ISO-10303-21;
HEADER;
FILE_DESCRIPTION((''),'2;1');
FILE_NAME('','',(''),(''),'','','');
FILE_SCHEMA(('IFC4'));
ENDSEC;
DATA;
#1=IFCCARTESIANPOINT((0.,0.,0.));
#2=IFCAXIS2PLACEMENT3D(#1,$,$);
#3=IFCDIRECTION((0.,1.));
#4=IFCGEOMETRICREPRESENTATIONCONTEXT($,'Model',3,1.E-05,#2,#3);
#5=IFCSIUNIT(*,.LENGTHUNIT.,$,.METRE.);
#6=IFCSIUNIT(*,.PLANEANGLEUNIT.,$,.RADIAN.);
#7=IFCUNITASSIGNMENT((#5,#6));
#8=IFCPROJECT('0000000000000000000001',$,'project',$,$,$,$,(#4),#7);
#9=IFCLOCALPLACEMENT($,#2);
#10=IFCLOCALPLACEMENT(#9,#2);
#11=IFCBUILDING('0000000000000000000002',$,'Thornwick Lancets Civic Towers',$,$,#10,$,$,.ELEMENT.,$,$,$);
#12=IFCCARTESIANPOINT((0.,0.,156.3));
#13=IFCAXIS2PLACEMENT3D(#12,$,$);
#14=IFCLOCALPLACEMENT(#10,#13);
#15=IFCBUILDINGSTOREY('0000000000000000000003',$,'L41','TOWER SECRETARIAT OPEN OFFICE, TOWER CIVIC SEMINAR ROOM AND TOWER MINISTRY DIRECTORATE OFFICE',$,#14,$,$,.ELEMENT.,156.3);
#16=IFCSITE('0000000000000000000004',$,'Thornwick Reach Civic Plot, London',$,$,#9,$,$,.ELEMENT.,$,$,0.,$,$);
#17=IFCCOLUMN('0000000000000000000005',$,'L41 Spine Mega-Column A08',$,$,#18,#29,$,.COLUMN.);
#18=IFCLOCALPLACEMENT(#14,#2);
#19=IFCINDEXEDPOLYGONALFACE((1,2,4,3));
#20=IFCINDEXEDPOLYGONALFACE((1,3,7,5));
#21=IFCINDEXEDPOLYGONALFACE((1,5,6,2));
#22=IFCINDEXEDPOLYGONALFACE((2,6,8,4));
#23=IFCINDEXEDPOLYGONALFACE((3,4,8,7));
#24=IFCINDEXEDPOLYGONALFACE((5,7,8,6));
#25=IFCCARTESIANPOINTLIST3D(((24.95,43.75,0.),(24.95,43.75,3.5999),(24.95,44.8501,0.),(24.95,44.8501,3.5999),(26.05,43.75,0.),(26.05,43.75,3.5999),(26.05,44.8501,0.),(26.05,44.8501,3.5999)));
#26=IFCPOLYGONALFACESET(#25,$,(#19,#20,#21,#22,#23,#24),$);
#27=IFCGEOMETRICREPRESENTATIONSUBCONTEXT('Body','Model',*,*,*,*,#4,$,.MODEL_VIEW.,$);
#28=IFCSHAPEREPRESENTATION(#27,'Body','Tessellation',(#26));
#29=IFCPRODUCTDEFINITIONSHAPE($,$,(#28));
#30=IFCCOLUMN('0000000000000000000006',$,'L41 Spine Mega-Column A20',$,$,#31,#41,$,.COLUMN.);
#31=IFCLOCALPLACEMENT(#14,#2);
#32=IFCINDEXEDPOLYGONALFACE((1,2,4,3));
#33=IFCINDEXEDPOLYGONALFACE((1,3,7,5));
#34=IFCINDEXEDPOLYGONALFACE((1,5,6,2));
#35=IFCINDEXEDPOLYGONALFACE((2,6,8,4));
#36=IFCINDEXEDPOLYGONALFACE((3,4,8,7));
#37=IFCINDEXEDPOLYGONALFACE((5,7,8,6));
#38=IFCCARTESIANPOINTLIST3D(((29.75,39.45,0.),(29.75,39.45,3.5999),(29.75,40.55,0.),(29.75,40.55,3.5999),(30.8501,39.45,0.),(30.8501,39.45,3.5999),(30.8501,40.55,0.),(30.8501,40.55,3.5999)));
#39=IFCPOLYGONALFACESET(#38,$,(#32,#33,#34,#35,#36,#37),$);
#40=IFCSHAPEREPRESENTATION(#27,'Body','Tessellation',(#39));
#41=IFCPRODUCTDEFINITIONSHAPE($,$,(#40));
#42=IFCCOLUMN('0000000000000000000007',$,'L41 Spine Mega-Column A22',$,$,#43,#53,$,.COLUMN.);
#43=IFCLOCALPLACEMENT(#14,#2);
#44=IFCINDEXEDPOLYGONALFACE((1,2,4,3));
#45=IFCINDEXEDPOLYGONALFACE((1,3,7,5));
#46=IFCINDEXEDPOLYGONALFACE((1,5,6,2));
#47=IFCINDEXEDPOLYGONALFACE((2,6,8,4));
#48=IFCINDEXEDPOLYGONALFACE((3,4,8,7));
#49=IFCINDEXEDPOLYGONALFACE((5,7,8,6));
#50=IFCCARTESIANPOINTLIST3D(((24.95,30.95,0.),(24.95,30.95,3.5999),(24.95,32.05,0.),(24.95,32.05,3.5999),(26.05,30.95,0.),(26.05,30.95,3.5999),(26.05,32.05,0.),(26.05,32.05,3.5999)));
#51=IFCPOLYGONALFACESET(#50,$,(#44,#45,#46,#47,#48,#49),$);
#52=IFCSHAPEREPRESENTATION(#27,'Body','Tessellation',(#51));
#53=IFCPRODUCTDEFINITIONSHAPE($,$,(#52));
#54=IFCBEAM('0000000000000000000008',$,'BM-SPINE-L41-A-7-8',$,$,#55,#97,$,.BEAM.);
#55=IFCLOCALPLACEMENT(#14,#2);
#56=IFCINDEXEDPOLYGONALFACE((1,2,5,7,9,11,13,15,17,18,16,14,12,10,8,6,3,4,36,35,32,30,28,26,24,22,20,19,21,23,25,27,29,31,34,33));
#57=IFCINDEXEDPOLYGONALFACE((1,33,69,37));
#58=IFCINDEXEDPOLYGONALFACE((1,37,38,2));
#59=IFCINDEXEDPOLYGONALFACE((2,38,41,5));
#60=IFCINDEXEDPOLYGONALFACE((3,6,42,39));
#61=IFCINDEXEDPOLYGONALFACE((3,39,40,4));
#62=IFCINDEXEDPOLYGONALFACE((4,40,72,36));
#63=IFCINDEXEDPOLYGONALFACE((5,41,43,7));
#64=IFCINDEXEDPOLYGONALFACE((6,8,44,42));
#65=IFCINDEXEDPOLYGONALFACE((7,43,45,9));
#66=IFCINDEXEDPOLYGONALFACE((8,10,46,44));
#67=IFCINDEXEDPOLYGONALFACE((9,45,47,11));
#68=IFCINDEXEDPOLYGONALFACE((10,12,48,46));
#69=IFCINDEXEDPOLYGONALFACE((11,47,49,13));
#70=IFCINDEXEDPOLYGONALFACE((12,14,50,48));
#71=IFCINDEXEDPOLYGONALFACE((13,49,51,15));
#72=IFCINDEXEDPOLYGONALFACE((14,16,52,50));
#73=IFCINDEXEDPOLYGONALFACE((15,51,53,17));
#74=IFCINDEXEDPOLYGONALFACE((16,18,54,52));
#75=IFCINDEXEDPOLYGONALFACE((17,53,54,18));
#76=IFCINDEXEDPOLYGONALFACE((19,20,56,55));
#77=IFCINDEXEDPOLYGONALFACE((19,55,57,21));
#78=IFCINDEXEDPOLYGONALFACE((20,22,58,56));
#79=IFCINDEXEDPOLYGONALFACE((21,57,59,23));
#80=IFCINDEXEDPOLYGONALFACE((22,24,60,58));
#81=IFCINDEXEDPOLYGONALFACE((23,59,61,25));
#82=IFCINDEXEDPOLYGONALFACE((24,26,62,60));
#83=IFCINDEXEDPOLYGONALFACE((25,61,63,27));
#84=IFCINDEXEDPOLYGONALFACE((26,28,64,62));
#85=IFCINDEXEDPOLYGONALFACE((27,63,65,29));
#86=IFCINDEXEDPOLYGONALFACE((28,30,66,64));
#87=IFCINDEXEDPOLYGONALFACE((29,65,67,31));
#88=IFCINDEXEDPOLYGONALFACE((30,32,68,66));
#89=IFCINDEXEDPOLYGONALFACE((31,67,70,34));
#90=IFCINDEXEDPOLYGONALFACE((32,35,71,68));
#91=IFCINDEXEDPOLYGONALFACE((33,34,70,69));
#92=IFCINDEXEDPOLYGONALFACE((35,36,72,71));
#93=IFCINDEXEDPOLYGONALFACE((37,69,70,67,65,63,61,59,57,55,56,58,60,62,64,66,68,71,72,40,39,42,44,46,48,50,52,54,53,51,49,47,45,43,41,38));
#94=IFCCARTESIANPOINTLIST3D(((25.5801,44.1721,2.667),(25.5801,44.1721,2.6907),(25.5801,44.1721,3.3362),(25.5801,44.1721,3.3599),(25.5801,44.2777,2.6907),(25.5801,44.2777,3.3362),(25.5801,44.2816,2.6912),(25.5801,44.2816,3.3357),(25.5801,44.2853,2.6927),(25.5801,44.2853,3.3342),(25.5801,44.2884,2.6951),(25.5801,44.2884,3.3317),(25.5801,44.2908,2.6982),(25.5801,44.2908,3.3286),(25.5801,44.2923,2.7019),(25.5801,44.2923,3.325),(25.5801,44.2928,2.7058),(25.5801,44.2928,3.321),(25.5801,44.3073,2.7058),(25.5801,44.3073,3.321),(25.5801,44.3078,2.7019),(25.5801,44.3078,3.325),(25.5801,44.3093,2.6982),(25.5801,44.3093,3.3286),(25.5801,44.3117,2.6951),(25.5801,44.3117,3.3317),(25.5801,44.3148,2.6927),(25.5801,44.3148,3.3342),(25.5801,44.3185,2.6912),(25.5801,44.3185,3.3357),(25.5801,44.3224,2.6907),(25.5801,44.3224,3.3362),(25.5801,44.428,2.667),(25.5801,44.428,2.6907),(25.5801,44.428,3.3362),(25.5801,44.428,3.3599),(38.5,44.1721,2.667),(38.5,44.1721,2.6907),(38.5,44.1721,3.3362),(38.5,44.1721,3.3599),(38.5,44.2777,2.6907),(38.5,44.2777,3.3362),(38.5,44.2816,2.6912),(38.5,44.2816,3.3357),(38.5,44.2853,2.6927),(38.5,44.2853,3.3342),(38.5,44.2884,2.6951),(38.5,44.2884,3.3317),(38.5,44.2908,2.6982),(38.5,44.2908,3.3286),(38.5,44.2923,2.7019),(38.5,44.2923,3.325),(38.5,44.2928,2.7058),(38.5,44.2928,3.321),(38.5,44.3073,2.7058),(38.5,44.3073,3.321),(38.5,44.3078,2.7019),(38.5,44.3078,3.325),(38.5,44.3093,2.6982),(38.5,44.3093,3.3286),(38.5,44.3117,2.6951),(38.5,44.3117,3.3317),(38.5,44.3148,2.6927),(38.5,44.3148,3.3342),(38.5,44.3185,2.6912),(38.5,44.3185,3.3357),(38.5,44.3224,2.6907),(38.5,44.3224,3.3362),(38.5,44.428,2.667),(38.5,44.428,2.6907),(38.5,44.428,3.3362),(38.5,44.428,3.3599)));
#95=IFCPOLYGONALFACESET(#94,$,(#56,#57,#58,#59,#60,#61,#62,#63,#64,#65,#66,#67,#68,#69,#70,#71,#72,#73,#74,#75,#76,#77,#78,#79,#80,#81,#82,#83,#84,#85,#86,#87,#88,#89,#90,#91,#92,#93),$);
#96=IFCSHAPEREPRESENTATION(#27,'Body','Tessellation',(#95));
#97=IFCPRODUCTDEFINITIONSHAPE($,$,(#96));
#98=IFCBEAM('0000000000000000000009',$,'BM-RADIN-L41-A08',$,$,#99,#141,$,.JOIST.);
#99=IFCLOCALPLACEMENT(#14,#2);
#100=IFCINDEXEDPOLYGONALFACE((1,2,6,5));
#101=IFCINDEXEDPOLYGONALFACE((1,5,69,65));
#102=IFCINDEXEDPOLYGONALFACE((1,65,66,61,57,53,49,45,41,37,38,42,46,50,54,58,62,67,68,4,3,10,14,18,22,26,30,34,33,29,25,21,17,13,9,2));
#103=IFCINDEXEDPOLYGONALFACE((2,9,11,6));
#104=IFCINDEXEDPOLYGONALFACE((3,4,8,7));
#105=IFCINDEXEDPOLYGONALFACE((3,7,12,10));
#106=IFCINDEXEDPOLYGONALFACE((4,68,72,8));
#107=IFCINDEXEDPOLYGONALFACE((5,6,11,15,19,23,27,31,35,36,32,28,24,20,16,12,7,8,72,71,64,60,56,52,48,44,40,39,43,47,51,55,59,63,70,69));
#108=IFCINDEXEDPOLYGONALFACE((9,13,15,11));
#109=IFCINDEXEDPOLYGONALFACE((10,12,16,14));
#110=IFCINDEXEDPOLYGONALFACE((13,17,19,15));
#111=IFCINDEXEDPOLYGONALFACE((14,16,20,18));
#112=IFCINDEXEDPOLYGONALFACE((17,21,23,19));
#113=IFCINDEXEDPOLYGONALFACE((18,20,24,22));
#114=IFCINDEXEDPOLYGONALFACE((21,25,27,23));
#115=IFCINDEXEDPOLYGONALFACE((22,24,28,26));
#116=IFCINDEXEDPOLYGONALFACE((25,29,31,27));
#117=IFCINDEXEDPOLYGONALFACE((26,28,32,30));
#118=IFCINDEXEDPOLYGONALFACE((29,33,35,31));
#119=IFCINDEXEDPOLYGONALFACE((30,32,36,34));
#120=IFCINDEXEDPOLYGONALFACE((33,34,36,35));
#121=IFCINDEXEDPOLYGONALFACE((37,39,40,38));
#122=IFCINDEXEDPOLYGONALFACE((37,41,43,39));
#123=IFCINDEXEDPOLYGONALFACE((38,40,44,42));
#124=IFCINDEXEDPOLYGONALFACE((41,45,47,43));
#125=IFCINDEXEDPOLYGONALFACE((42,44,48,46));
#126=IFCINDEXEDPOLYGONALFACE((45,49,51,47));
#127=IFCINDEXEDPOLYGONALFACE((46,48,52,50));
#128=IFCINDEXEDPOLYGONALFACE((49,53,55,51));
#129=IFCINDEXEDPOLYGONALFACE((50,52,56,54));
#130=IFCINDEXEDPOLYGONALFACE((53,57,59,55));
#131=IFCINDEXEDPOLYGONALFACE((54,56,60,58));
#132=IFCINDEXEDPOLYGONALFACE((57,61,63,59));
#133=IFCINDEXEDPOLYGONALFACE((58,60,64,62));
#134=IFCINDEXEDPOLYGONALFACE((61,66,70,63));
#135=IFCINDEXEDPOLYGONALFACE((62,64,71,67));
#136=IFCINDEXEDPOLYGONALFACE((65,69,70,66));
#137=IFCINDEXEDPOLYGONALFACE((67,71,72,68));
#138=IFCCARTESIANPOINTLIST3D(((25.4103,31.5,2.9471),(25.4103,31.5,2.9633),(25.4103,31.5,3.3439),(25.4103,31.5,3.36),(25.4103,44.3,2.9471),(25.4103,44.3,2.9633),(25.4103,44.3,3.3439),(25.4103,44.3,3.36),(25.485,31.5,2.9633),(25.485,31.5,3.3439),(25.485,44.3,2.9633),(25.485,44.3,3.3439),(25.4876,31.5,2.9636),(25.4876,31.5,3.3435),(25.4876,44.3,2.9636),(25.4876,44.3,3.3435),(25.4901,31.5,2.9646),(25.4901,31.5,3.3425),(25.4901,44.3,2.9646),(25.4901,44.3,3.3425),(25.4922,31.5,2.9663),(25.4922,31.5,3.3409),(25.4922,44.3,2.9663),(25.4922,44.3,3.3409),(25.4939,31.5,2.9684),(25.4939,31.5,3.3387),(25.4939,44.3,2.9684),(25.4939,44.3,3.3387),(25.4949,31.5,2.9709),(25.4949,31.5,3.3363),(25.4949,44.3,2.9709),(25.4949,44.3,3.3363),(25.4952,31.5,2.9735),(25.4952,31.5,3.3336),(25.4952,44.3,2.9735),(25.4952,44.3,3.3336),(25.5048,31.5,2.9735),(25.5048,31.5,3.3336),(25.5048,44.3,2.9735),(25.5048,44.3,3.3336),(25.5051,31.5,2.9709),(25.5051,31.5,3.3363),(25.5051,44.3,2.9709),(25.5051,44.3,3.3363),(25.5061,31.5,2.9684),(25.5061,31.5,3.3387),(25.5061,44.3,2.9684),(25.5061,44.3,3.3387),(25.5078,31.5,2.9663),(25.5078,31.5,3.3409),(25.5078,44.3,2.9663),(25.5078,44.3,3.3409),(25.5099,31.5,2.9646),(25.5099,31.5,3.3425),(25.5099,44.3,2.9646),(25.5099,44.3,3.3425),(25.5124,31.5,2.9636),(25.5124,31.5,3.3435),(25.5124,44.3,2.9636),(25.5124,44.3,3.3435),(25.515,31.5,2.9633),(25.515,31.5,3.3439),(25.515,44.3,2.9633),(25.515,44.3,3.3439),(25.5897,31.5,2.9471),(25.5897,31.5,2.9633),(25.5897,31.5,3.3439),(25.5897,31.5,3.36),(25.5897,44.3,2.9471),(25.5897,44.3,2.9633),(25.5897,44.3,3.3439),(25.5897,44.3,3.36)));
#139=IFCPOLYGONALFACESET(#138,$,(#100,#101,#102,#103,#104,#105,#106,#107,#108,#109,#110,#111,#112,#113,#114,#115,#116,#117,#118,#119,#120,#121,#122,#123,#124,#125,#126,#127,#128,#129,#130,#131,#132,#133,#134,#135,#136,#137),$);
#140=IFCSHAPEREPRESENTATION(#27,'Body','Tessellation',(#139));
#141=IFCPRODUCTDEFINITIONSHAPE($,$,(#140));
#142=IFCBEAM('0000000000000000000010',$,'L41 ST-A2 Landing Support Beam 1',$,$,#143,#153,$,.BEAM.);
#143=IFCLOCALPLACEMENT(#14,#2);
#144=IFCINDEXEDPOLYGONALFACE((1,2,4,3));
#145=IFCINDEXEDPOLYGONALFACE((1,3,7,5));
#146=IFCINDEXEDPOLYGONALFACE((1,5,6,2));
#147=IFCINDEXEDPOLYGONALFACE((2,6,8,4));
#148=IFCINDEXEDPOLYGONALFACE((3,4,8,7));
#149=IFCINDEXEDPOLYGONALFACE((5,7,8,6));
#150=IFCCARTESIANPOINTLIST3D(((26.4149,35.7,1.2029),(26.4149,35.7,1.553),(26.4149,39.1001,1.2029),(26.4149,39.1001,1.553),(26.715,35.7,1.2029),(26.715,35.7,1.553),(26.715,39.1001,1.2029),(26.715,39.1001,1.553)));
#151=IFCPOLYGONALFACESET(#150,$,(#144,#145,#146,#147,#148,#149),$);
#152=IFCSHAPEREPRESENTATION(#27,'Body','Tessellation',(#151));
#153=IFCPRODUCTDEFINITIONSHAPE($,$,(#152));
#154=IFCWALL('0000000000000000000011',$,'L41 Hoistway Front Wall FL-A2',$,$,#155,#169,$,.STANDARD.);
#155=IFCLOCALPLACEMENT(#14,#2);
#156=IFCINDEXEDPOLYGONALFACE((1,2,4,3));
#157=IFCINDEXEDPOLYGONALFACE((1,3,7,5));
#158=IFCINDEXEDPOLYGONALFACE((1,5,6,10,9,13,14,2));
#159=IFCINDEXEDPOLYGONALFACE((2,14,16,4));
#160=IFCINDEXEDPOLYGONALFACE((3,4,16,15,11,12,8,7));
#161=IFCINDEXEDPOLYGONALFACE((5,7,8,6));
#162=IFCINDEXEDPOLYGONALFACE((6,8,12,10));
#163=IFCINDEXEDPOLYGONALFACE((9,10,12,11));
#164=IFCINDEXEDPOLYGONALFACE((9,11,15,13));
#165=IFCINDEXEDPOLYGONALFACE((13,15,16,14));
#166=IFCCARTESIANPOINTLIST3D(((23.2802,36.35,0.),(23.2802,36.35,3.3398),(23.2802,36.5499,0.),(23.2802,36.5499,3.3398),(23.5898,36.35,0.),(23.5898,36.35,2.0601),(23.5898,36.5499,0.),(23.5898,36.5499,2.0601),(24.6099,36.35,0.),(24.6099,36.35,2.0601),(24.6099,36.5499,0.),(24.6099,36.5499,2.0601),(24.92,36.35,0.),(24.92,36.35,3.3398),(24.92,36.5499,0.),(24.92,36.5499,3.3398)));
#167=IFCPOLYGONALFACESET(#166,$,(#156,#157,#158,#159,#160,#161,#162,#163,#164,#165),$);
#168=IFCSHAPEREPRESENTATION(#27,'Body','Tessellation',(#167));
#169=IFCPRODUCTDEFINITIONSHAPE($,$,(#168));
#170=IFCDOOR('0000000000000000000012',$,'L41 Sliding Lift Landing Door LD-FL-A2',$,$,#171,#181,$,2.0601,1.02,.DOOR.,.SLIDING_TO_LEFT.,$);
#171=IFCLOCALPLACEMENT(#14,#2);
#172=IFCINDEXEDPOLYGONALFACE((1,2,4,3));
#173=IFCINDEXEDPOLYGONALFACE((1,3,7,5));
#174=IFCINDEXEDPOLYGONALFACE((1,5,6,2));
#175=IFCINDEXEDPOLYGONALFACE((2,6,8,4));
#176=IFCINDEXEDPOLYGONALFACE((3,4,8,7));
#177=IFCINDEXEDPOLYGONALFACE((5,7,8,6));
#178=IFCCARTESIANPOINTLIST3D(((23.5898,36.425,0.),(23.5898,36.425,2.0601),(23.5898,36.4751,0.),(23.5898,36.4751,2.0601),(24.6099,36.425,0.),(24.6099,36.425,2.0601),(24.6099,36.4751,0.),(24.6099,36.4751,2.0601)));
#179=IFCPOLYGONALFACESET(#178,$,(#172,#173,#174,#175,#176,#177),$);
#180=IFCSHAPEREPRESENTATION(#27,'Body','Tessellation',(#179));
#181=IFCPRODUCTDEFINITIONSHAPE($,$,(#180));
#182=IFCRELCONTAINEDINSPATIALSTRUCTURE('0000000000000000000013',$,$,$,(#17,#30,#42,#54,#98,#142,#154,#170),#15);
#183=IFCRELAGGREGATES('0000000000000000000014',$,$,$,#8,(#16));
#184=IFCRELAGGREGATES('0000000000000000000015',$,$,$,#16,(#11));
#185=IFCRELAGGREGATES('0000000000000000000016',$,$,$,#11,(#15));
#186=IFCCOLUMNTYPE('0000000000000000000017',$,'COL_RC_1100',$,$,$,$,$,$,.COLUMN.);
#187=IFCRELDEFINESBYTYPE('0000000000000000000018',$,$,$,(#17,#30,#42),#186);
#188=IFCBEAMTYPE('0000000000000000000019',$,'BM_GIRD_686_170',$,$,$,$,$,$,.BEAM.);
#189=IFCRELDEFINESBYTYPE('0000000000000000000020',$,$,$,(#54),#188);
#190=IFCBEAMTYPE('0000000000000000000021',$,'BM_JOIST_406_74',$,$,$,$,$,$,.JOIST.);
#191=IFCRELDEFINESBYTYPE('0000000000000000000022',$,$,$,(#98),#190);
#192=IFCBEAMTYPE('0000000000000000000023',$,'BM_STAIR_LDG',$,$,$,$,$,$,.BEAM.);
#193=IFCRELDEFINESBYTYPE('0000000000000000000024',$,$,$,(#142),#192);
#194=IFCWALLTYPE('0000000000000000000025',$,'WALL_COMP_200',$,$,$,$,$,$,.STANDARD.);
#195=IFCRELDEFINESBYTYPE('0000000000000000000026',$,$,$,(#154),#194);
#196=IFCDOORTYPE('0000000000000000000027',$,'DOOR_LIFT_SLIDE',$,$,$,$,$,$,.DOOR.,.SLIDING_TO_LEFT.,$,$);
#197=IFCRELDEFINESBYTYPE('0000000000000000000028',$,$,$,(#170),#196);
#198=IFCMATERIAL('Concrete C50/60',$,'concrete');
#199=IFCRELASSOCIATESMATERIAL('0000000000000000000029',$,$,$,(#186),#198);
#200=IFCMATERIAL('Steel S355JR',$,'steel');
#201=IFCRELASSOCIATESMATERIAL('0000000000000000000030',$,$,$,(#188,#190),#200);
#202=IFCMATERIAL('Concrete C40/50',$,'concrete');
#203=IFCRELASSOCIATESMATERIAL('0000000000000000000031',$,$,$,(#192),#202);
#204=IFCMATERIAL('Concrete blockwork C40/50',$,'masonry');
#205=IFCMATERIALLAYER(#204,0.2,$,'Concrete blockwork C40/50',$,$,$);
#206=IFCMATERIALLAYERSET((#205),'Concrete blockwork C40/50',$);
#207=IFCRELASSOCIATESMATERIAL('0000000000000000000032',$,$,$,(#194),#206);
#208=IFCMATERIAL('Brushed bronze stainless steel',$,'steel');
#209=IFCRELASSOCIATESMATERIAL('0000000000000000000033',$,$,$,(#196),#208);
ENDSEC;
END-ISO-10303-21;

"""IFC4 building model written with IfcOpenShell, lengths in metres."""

from ifc_helpers import new_model, si_unit, direction, frame, frame_2d, origin, origin_2d, place, context, subcontext, project, spatial, rectangle, i_section, extrude, material, layer, layer_set, material_profile, profile_set, type_object, element, fill, save


model = new_model("IFC4")

# Units and contexts
model_context = context("Model", 3, precision=1e-05, world=origin(), true_north=direction((0.0, 1.0)))
body_context = subcontext(model_context, "Body", "Model", "MODEL_VIEW")
ifc_project = project(units=[si_unit("LENGTHUNIT", "METRE"), si_unit("PLANEANGLEUNIT", "RADIAN")], contexts=[model_context])

# Site, building, storey
site_placement = place(None, origin())
site = spatial("IfcSite", under=ifc_project, at=site_placement, Name="Thornwick Reach Civic Plot, London", CompositionType="ELEMENT", RefElevation=0.0)
building_placement = place(site_placement, origin())
building = spatial("IfcBuilding", under=site, at=building_placement, Name="Thornwick Lancets Civic Towers", CompositionType="ELEMENT")
storey_placement = place(building_placement, frame((0.0, 0.0, 156.3)))
storey = spatial("IfcBuildingStorey", under=building, at=storey_placement, Name="L41", Description="TOWER SECRETARIAT OPEN OFFICE, TOWER CIVIC SEMINAR ROOM AND TOWER MINISTRY DIRECTORATE OFFICE", CompositionType="ELEMENT", Elevation=156.3)

# Columns
ifc_material_1 = material(Name="Concrete C50/60", Category="concrete")
ifc_material_profile_1 = material_profile(ifc_material_1, rectangle(XDim=1.1001, YDim=1.1001, at=origin_2d()), Name="RC 1100x1100")
ifc_profile_set_1 = profile_set([ifc_material_profile_1], Name="Concrete C50/60")
column_type = type_object("IfcColumnType", Name="COL_RC_1100", PredefinedType="COLUMN", material=ifc_profile_set_1)
for number, where, z_axis, x_axis, name in (
    (1, (25.5, 44.3, 0.0), (0.0, 0.0, 1.0), (1.0, 0.0, 0.0), "L41 Spine Mega-Column A08"),
    (2, (30.3, 40.0, 0.0), (0.0, 0.0, 1.0), (1.0, 0.0, 0.0), "L41 Spine Mega-Column A20"),
    (3, (25.5, 31.5, 0.0), (0.0, 0.0, 1.0), (1.0, 0.0, 0.0), "L41 Spine Mega-Column A22"),
):
    element("IfcColumn", number, at=place(storey_placement, frame(where, z_axis=z_axis, x_axis=x_axis)), inside=storey, type_object=column_type, Name=name, PredefinedType="COLUMN", context=body_context, shape_type="SweptSolid", body=[
        extrude(rectangle(XDim=1.1001, YDim=1.1001, at=origin_2d()), origin(), (0.0, 0.0, 1.0), 3.5999),
    ])

# Beams
ifc_material_2 = material(Name="Steel S355JR", Category="steel")
ifc_material_profile_2 = material_profile(ifc_material_2, i_section(OverallWidth=0.2559, OverallDepth=0.6929, WebThickness=0.0144, FlangeThickness=0.0237, FilletRadius=0.0151, at=origin_2d()), Name="UKB 686x254x170")
ifc_profile_set_2 = profile_set([ifc_material_profile_2], Name="Steel S355JR")
beam_type_1 = type_object("IfcBeamType", Name="BM_GIRD_686_170", PredefinedType="BEAM", material=ifc_profile_set_2)
beam_1_placement = place(storey_placement, frame((25.5801, 44.3, 3.0134), z_axis=(1.0, 0.0, 0.0), x_axis=(0.0, 1.0, 0.0)))
element("IfcBeam", 4, at=beam_1_placement, inside=storey, type_object=beam_type_1, Name="BM-SPINE-L41-A-7-8", PredefinedType="BEAM", context=body_context, shape_type="SweptSolid", body=[
    extrude(i_section(OverallWidth=0.2559, OverallDepth=0.6929, WebThickness=0.0144, FlangeThickness=0.0237, FilletRadius=0.0151, at=origin_2d()), origin(), (0.0, 0.0, 1.0), 12.9199),
])
ifc_material_profile_3 = material_profile(ifc_material_2, i_section(OverallWidth=0.1794, OverallDepth=0.4128, WebThickness=0.0095, FlangeThickness=0.0161, FilletRadius=0.0103, at=origin_2d()), Name="UKB 406x178x74")
ifc_profile_set_3 = profile_set([ifc_material_profile_3], Name="Steel S355JR")
beam_type_2 = type_object("IfcBeamType", Name="BM_JOIST_406_74", PredefinedType="JOIST", material=ifc_profile_set_3)
beam_2_placement = place(storey_placement, frame((25.5, 31.5, 3.1536), z_axis=(0.0, 1.0, 0.0), x_axis=(-1.0, 0.0, 0.0)))
element("IfcBeam", 5, at=beam_2_placement, inside=storey, type_object=beam_type_2, Name="BM-RADIN-L41-A08", PredefinedType="JOIST", context=body_context, shape_type="SweptSolid", body=[
    extrude(i_section(OverallWidth=0.1794, OverallDepth=0.4128, WebThickness=0.0095, FlangeThickness=0.0161, FilletRadius=0.0103, at=origin_2d()), origin(), (0.0, 0.0, 1.0), 12.8),
])
ifc_material_3 = material(Name="Concrete C40/50", Category="concrete")
ifc_material_profile_4 = material_profile(ifc_material_3, rectangle(XDim=0.3, YDim=0.3501, at=origin_2d()), Name="RC 300x350")
ifc_profile_set_4 = profile_set([ifc_material_profile_4], Name="Concrete C40/50")
beam_type_3 = type_object("IfcBeamType", Name="BM_STAIR_LDG", PredefinedType="BEAM", material=ifc_profile_set_4)
beam_3_placement = place(storey_placement, frame((26.5649, 39.1001, 1.3779), z_axis=(0.0, -1.0, 0.0), x_axis=(1.0, 0.0, 0.0)))
element("IfcBeam", 6, at=beam_3_placement, inside=storey, type_object=beam_type_3, Name="L41 ST-A2 Landing Support Beam 1", PredefinedType="BEAM", context=body_context, shape_type="SweptSolid", body=[
    extrude(rectangle(XDim=0.3, YDim=0.3501, at=origin_2d()), origin(), (0.0, 0.0, 1.0), 3.4001),
])

# Wall, opening, door
ifc_material_4 = material(Name="Concrete blockwork C40/50", Category="masonry")
ifc_layer_1 = layer(ifc_material_4, 0.2, Name="Concrete blockwork C40/50")
ifc_layer_set_1 = layer_set([ifc_layer_1], Name="Concrete blockwork C40/50")
wall_type_1 = type_object("IfcWallType", Name="WALL_COMP_200", PredefinedType="STANDARD", material=ifc_layer_set_1)
wall_1_placement = place(storey_placement, frame((24.9199, 36.45, 0.0), z_axis=(0.0, 0.0, 1.0), x_axis=(-1.0, 0.0, 0.0)))
wall_1 = element("IfcWall", 7, at=wall_1_placement, inside=storey, type_object=wall_type_1, Name="L41 Hoistway Front Wall FL-A2", PredefinedType="STANDARD", context=body_context, shape_type="SweptSolid", body=[
    extrude(rectangle(XDim=1.6399, YDim=0.2, at=frame_2d((0.8198, 0.0))), origin(), (0.0, 0.0, 1.0), 3.3398),
])
opening_1_placement = place(wall_1_placement, frame((0.3101, 0.0, 0.0)))
opening_1 = element("IfcOpeningElement", 8, at=opening_1_placement, cuts=wall_1, PredefinedType="OPENING", context=body_context, shape_type="SweptSolid", body=[
    extrude(rectangle(XDim=1.02, YDim=2.0601, at=frame_2d((0.51, 1.03))), frame((0.0, 0.1099, 0.0), z_axis=(0.0, -1.0, 0.0), x_axis=(1.0, 0.0, 0.0)), (0.0, 0.0, 1.0), 0.22),
])
ifc_material_5 = material(Name="Brushed bronze stainless steel", Category="steel")
door_type_1 = type_object("IfcDoorType", Name="DOOR_LIFT_SLIDE", OperationType="SLIDING_TO_LEFT", PredefinedType="DOOR", material=ifc_material_5)
door_1_placement = place(opening_1_placement, origin())
door_1 = element("IfcDoor", 9, at=door_1_placement, inside=storey, type_object=door_type_1, Name="L41 Sliding Lift Landing Door LD-FL-A2", OperationType="SLIDING_TO_LEFT", OverallHeight=2.0601, OverallWidth=1.02, PredefinedType="DOOR", context=body_context, shape_type="SweptSolid", body=[
    extrude(rectangle(XDim=1.02, YDim=2.0601, at=frame_2d((0.51, 1.03))), frame((0.0, 0.0249, 0.0), z_axis=(0.0, -1.0, 0.0), x_axis=(1.0, 0.0, 0.0)), (0.0, 0.0, 1.0), 0.05),
])
fill(opening_1, door_1)

save(model, "model.ifc")
